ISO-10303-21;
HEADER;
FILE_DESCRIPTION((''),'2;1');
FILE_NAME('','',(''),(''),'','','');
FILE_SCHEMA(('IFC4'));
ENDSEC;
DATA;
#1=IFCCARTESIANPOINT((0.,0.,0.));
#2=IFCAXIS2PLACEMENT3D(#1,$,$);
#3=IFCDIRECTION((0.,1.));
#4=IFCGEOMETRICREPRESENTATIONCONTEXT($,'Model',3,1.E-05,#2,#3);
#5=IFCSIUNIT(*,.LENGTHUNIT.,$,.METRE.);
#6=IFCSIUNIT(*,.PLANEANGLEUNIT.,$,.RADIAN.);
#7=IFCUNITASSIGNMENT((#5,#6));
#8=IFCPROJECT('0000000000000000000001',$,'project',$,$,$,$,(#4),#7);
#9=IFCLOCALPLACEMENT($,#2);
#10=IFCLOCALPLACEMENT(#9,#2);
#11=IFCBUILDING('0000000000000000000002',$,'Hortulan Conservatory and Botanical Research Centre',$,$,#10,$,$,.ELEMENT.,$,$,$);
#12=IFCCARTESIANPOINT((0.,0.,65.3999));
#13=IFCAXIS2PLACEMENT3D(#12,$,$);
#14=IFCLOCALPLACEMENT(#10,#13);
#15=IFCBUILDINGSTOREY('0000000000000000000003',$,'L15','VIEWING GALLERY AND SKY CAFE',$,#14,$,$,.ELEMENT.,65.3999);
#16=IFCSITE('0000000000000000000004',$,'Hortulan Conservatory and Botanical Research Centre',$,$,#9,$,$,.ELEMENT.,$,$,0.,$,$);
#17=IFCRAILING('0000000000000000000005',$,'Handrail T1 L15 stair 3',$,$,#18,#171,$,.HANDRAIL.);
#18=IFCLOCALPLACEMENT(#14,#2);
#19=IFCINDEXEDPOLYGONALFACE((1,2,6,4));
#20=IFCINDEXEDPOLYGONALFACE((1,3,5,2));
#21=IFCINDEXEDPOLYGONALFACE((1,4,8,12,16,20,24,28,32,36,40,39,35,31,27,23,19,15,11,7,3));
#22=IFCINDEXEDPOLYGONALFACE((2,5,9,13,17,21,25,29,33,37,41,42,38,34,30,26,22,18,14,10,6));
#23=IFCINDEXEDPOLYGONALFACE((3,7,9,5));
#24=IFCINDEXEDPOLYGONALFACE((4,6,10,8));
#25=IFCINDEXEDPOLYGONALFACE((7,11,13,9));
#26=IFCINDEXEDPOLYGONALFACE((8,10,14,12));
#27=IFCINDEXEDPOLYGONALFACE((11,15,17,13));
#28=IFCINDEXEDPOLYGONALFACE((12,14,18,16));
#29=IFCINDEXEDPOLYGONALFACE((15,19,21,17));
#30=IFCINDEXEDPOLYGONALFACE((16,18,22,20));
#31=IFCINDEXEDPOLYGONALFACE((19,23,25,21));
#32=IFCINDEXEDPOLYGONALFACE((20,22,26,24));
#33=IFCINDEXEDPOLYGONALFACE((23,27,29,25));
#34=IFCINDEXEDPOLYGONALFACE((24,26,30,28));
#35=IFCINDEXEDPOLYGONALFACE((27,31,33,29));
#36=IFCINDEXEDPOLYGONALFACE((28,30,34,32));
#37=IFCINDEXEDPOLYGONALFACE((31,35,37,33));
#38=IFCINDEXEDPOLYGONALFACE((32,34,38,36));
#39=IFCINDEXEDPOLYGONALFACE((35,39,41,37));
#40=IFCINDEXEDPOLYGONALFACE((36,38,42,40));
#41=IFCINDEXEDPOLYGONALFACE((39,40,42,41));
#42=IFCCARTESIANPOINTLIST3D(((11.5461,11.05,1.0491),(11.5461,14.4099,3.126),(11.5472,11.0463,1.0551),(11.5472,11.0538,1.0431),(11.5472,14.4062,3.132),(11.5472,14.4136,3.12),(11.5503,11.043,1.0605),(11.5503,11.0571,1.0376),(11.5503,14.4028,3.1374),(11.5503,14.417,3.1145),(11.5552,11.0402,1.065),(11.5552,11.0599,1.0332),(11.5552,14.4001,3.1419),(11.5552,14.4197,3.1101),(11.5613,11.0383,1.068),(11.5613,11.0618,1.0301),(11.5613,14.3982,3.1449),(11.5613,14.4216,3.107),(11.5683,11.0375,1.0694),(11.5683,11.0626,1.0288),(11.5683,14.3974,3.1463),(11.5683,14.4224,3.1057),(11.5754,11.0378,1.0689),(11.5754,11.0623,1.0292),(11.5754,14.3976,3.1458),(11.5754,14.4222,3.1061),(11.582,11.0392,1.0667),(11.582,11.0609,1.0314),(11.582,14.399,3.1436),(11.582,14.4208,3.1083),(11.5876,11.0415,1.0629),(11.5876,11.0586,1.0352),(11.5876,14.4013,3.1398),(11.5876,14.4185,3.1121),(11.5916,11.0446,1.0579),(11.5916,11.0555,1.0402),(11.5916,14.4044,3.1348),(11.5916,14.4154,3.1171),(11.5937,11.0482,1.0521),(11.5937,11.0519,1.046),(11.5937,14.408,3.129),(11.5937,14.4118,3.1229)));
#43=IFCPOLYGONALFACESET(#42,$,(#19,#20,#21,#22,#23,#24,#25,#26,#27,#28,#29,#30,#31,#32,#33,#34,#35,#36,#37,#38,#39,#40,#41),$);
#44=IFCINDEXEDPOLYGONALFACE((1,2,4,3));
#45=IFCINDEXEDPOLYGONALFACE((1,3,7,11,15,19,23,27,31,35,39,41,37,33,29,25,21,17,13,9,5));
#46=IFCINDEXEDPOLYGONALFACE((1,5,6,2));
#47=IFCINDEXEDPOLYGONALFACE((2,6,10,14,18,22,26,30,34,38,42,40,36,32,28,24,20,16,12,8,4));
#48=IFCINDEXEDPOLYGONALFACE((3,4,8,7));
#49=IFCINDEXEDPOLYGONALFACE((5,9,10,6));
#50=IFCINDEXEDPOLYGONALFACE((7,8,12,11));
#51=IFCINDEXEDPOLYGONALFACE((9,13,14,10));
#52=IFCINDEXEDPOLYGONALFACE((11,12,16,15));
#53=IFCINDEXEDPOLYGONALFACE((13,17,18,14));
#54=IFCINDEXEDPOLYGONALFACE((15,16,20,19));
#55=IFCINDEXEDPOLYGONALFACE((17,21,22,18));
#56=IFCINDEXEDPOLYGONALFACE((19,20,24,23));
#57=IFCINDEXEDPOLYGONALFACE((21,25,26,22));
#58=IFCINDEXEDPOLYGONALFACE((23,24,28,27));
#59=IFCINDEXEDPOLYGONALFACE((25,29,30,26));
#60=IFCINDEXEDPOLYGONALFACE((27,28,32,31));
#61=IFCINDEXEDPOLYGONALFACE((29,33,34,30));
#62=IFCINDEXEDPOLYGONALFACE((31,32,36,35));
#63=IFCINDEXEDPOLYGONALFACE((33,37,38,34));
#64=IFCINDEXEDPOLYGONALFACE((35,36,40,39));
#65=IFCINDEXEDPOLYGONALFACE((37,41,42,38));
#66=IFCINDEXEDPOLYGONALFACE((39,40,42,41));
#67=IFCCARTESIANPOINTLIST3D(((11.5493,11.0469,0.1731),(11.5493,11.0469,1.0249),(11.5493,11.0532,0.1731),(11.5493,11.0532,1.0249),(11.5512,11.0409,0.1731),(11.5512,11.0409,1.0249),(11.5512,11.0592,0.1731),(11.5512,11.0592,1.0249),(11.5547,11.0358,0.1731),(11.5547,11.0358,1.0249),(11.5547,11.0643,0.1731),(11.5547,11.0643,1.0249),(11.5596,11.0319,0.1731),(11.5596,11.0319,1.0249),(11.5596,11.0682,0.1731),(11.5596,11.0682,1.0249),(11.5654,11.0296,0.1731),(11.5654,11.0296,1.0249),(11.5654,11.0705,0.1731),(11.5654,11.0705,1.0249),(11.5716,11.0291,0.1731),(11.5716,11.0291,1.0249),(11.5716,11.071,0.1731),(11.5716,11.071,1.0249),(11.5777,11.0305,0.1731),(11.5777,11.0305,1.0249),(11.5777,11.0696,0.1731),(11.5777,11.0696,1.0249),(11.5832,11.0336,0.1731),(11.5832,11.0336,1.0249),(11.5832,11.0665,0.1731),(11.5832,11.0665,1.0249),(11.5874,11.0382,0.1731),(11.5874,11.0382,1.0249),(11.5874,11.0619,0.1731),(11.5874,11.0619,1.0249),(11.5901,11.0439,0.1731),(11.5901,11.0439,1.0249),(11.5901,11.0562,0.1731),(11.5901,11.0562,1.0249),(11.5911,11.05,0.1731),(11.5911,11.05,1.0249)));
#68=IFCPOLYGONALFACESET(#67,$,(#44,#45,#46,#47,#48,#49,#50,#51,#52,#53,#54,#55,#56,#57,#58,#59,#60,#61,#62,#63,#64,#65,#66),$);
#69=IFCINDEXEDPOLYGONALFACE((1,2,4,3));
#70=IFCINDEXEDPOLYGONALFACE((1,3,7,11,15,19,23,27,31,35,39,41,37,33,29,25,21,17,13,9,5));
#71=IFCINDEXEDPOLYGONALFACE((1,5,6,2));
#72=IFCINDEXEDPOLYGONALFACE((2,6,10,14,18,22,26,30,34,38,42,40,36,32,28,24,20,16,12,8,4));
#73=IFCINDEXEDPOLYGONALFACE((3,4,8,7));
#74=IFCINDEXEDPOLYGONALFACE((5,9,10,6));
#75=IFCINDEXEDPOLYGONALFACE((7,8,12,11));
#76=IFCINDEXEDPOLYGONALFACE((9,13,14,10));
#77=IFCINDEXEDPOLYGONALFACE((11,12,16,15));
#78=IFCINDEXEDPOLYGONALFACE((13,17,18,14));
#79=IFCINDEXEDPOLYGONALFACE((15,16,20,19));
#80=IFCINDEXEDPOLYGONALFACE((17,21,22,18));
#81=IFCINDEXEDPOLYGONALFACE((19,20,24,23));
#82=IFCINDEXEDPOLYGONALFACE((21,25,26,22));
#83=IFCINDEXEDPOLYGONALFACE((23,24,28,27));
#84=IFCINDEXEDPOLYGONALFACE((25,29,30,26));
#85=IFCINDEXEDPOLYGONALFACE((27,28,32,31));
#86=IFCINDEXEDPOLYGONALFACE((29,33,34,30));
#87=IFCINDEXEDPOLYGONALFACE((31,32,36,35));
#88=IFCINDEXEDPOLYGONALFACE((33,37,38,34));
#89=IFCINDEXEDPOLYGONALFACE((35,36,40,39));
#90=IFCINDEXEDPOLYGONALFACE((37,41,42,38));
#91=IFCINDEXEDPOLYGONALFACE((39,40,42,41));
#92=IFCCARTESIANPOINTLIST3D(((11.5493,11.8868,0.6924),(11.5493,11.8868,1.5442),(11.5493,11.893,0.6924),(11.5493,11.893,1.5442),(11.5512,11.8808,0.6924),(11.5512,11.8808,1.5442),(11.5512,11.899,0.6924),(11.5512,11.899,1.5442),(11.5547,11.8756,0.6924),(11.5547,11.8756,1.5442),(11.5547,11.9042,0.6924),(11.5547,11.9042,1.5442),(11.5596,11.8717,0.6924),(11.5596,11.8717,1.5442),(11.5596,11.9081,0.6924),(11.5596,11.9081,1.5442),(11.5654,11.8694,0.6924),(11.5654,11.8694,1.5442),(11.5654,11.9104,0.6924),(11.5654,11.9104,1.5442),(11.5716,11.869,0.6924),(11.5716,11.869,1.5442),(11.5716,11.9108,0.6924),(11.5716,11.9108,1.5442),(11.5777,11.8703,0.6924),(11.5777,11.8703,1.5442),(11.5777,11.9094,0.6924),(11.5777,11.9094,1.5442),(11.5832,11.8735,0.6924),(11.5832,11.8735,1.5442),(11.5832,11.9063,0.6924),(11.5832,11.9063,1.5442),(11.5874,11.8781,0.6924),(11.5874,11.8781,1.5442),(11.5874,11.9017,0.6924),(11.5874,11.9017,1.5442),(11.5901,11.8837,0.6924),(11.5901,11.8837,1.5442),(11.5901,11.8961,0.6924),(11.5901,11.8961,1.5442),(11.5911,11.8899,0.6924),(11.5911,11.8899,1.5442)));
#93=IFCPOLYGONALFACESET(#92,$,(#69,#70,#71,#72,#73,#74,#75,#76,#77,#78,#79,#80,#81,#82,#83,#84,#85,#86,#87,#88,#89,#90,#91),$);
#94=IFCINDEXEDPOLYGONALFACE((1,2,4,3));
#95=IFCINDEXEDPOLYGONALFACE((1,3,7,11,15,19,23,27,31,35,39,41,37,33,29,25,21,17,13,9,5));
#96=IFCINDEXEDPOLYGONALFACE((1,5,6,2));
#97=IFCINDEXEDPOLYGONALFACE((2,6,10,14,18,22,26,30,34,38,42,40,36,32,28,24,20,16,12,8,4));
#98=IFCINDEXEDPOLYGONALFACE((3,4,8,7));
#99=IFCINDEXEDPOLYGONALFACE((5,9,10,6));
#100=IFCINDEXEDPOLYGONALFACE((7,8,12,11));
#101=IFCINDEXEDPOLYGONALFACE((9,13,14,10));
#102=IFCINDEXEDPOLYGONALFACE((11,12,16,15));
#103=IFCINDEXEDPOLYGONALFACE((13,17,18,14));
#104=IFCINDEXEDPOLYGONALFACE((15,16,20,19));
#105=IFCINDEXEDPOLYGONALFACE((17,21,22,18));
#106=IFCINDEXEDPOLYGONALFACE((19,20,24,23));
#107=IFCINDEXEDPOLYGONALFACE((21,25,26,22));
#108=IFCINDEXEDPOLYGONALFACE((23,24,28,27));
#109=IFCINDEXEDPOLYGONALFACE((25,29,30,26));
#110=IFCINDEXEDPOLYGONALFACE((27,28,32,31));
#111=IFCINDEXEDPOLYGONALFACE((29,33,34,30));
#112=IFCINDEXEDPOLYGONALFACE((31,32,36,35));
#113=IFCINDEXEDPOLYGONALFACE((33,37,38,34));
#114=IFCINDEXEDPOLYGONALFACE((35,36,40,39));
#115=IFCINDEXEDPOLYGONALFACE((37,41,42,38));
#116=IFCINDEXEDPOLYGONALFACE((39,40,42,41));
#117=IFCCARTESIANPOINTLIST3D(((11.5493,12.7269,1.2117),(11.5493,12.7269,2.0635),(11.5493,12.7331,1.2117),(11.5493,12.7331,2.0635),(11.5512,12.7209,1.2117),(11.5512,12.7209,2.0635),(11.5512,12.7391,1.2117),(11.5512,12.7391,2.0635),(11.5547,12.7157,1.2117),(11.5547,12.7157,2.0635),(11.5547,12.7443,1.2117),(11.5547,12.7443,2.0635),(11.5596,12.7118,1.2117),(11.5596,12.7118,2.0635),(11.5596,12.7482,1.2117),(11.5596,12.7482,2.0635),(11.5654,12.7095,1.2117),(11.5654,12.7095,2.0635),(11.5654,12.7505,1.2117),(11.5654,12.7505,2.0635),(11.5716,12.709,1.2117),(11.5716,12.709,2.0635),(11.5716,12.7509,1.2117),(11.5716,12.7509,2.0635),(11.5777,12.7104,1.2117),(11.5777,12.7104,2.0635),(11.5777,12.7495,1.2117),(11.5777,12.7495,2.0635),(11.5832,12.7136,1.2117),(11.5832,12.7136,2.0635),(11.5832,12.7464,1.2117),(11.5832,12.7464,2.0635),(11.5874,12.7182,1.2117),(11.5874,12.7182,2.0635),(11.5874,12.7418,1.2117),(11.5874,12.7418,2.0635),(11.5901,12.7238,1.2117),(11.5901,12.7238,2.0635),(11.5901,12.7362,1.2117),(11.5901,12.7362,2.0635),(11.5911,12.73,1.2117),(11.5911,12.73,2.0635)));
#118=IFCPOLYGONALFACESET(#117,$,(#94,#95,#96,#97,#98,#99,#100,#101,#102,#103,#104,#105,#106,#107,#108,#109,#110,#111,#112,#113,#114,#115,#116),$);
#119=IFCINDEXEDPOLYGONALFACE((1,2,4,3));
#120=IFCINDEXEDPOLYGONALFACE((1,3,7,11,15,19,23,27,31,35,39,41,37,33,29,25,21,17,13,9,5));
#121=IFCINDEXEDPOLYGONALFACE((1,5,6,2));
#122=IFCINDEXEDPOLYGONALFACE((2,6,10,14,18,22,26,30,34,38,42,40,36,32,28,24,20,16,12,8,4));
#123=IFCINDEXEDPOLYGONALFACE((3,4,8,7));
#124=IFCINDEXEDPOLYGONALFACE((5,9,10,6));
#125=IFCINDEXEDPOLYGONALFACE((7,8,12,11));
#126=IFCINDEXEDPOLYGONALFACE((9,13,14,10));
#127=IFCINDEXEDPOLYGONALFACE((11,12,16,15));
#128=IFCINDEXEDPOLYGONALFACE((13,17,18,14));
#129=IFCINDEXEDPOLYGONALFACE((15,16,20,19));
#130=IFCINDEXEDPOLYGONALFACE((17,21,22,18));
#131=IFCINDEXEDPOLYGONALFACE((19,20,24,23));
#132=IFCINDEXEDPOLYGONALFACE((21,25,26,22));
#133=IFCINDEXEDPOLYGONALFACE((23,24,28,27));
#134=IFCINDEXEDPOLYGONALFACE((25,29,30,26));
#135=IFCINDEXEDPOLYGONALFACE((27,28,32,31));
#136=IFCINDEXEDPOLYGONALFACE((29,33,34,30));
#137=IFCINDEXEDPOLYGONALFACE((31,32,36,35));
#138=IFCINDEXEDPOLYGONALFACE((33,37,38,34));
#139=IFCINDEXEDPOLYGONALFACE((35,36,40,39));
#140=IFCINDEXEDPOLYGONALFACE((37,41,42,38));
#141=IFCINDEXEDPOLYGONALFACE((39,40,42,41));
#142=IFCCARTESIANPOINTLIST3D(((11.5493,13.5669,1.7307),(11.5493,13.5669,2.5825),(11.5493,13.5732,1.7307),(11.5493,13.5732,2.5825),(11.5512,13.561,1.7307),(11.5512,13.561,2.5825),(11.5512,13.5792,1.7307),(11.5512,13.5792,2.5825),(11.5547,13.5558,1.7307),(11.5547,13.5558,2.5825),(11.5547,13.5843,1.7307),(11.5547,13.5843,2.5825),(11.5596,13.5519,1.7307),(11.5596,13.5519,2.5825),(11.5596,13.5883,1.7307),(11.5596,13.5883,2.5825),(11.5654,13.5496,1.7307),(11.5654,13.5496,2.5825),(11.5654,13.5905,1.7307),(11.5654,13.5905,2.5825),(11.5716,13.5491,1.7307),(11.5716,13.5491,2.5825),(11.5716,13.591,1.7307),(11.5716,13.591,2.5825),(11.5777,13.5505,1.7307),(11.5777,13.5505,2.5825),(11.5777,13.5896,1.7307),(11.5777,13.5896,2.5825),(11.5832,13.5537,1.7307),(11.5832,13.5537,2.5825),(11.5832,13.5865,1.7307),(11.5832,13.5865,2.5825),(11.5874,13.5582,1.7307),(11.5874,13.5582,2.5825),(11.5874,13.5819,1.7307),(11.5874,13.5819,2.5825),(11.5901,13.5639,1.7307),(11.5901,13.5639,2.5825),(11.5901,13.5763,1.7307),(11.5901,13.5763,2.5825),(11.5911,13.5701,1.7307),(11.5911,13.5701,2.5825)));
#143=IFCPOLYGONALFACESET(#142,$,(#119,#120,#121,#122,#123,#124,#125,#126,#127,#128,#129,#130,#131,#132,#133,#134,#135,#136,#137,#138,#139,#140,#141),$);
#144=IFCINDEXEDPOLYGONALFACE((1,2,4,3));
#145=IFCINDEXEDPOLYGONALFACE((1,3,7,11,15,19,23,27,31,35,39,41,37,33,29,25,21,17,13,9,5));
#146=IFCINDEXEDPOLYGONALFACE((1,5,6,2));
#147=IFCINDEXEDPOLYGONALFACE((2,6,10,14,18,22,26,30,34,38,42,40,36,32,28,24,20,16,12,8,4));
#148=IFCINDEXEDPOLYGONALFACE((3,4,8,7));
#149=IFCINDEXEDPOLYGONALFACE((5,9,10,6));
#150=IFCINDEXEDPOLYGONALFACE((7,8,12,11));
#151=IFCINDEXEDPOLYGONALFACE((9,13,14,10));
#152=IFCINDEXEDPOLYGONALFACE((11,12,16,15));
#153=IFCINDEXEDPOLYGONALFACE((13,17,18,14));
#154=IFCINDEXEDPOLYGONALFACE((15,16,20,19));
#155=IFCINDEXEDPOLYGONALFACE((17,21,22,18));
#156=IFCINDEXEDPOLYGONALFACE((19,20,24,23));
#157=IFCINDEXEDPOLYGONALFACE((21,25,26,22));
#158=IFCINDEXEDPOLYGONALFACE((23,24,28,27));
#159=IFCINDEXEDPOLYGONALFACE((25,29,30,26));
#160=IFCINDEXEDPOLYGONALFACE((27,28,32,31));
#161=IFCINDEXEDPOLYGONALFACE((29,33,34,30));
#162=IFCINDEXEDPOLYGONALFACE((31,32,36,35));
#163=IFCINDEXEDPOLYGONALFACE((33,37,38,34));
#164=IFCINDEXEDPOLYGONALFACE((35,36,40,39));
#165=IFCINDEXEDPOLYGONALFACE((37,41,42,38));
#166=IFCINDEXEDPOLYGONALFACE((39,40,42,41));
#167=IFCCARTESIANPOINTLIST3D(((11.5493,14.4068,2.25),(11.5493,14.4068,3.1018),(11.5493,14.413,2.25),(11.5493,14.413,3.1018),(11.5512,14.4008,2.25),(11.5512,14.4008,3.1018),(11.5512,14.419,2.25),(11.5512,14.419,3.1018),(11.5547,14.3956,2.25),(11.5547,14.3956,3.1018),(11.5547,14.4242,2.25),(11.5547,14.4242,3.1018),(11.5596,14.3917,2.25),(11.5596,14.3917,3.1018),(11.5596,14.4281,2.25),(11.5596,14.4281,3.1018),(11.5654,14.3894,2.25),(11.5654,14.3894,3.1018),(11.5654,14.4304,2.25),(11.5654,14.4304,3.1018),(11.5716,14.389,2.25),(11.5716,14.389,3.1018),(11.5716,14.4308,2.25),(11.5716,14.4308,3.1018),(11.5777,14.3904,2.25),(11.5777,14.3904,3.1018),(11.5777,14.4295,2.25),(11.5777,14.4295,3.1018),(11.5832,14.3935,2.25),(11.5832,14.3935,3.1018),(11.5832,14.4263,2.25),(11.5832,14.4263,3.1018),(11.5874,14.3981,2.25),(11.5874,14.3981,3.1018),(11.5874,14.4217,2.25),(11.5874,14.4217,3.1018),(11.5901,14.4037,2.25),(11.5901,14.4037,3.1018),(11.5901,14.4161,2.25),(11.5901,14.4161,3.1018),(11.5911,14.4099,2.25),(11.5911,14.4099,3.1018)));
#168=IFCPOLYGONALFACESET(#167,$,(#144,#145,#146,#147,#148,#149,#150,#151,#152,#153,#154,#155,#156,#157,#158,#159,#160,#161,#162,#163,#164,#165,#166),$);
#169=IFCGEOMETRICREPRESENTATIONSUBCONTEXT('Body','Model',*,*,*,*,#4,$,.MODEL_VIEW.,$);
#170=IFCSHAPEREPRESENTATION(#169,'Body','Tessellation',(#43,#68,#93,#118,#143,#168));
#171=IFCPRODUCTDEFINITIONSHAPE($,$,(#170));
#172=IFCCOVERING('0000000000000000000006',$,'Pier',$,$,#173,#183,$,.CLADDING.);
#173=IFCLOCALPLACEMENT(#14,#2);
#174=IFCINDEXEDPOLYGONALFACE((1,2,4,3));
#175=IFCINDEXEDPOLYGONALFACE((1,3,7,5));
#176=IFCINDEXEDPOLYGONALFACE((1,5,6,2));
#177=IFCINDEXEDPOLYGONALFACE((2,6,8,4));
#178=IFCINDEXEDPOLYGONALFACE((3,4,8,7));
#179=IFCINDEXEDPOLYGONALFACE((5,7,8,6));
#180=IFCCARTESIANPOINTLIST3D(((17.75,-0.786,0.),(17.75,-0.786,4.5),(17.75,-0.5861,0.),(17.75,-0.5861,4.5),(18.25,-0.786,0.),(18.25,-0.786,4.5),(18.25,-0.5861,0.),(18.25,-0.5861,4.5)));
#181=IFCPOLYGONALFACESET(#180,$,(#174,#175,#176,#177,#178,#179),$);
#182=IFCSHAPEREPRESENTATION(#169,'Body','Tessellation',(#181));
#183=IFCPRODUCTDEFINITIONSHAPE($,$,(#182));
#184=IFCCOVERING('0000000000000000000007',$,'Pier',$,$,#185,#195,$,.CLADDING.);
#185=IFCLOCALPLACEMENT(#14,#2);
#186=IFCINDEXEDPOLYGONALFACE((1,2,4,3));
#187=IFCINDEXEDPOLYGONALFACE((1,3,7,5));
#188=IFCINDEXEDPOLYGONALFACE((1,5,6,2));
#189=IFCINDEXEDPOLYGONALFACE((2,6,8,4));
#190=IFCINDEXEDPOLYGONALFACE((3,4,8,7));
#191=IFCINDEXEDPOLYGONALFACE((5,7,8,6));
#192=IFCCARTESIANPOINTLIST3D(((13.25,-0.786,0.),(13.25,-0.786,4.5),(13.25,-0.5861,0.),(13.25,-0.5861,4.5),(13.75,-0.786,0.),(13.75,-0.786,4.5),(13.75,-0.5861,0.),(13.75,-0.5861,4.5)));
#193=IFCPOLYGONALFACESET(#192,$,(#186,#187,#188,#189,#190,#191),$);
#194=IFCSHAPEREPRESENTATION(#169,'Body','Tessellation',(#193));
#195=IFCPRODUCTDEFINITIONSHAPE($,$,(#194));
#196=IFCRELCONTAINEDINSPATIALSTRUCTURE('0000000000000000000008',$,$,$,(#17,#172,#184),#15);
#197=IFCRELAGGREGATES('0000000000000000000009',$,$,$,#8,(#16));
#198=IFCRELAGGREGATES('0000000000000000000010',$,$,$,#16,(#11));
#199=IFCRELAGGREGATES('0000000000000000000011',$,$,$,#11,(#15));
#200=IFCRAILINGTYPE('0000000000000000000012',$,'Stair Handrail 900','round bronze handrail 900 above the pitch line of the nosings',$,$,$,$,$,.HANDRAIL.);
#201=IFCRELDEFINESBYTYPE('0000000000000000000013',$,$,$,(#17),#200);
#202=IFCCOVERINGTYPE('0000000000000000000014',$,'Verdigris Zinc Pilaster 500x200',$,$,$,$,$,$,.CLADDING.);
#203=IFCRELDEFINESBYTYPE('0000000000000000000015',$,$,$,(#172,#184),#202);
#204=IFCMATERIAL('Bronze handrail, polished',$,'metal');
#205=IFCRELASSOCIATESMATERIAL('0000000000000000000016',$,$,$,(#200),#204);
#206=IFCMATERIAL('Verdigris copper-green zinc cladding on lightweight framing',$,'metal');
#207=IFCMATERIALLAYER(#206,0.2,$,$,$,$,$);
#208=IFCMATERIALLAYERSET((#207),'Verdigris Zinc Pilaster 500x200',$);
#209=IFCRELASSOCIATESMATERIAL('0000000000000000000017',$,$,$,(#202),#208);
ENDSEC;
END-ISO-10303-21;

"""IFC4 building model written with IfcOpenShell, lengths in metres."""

from ifc_helpers import new_model, si_unit, direction, frame, origin, origin_2d, place, context, subcontext, project, spatial, rectangle, circle, extrude, material, layer, layer_set, type_object, element, save


model = new_model("IFC4")

# Units and contexts
model_context = context("Model", 3, precision=1e-05, world=origin(), true_north=direction((0.0, 1.0)))
body_context = subcontext(model_context, "Body", "Model", "MODEL_VIEW")
ifc_project = project(units=[si_unit("LENGTHUNIT", "METRE"), si_unit("PLANEANGLEUNIT", "RADIAN")], contexts=[model_context])

# Site, building, storey
site_placement = place(None, origin())
site = spatial("IfcSite", under=ifc_project, at=site_placement, Name="Hortulan Conservatory and Botanical Research Centre", CompositionType="ELEMENT", RefElevation=0.0)
building_placement = place(site_placement, origin())
building = spatial("IfcBuilding", under=site, at=building_placement, Name="Hortulan Conservatory and Botanical Research Centre", CompositionType="ELEMENT")
storey_placement = place(building_placement, frame((0.0, 0.0, 65.3999)))
storey = spatial("IfcBuildingStorey", under=building, at=storey_placement, Name="L15", Description="VIEWING GALLERY AND SKY CAFE", CompositionType="ELEMENT", Elevation=65.3999)

# Railing
ifc_material_1 = material(Name="Bronze handrail, polished", Category="metal")
railing_type_1 = type_object("IfcRailingType", Name="Stair Handrail 900", Description="round bronze handrail 900 above the pitch line of the nosings", PredefinedType="HANDRAIL", material=ifc_material_1)
railing_1_placement = place(storey_placement, frame((11.5701, 11.05, 0.1731)))
element("IfcRailing", 1, at=railing_1_placement, inside=storey, type_object=railing_type_1, Name="Handrail T1 L15 stair 3", PredefinedType="HANDRAIL", context=body_context, shape_type="SweptSolid", body=[
    extrude(circle(Radius=0.0239, at=origin_2d()), frame((0.0, 0.0, 0.876), z_axis=(0.0, 0.850606, 0.525803), x_axis=(-1.0, 0.0, 0.0)), (0.0, 0.0, 1.0), 3.95),
    extrude(circle(Radius=0.021, at=origin_2d()), origin(), (0.0, 0.0, 1.0), 0.8518),
    extrude(circle(Radius=0.021, at=origin_2d()), frame((0.0, 0.8398, 0.5193)), (0.0, 0.0, 1.0), 0.8518),
    extrude(circle(Radius=0.021, at=origin_2d()), frame((0.0, 1.6799, 1.0386)), (0.0, 0.0, 1.0), 0.8518),
    extrude(circle(Radius=0.021, at=origin_2d()), frame((0.0, 2.52, 1.5576)), (0.0, 0.0, 1.0), 0.8518),
    extrude(circle(Radius=0.021, at=origin_2d()), frame((0.0, 3.3599, 2.0769)), (0.0, 0.0, 1.0), 0.8518),
])

# Coverings
ifc_material_2 = material(Name="Verdigris copper-green zinc cladding on lightweight framing", Category="metal")
ifc_layer_1 = layer(ifc_material_2, 0.2)
ifc_layer_set_1 = layer_set([ifc_layer_1], Name="Verdigris Zinc Pilaster 500x200")
covering_type = type_object("IfcCoveringType", Name="Verdigris Zinc Pilaster 500x200", PredefinedType="CLADDING", material=ifc_layer_set_1)
for number, where, z_axis, x_axis, name in (
    (2, (18.0, -0.686, 0.0), (0.0, 0.0, 1.0), (-1.0, 0.0, 0.0), "Pier"),
    (3, (13.5, -0.686, 0.0), (0.0, 0.0, 1.0), (-1.0, 0.0, 0.0), "Pier"),
):
    element("IfcCovering", number, at=place(storey_placement, frame(where, z_axis=z_axis, x_axis=x_axis)), inside=storey, type_object=covering_type, Name=name, PredefinedType="CLADDING", context=body_context, shape_type="SweptSolid", body=[
        extrude(rectangle(XDim=0.5, YDim=0.2, at=origin_2d()), origin(), (0.0, 0.0, 1.0), 4.5),
    ])

save(model, "model.ifc")
